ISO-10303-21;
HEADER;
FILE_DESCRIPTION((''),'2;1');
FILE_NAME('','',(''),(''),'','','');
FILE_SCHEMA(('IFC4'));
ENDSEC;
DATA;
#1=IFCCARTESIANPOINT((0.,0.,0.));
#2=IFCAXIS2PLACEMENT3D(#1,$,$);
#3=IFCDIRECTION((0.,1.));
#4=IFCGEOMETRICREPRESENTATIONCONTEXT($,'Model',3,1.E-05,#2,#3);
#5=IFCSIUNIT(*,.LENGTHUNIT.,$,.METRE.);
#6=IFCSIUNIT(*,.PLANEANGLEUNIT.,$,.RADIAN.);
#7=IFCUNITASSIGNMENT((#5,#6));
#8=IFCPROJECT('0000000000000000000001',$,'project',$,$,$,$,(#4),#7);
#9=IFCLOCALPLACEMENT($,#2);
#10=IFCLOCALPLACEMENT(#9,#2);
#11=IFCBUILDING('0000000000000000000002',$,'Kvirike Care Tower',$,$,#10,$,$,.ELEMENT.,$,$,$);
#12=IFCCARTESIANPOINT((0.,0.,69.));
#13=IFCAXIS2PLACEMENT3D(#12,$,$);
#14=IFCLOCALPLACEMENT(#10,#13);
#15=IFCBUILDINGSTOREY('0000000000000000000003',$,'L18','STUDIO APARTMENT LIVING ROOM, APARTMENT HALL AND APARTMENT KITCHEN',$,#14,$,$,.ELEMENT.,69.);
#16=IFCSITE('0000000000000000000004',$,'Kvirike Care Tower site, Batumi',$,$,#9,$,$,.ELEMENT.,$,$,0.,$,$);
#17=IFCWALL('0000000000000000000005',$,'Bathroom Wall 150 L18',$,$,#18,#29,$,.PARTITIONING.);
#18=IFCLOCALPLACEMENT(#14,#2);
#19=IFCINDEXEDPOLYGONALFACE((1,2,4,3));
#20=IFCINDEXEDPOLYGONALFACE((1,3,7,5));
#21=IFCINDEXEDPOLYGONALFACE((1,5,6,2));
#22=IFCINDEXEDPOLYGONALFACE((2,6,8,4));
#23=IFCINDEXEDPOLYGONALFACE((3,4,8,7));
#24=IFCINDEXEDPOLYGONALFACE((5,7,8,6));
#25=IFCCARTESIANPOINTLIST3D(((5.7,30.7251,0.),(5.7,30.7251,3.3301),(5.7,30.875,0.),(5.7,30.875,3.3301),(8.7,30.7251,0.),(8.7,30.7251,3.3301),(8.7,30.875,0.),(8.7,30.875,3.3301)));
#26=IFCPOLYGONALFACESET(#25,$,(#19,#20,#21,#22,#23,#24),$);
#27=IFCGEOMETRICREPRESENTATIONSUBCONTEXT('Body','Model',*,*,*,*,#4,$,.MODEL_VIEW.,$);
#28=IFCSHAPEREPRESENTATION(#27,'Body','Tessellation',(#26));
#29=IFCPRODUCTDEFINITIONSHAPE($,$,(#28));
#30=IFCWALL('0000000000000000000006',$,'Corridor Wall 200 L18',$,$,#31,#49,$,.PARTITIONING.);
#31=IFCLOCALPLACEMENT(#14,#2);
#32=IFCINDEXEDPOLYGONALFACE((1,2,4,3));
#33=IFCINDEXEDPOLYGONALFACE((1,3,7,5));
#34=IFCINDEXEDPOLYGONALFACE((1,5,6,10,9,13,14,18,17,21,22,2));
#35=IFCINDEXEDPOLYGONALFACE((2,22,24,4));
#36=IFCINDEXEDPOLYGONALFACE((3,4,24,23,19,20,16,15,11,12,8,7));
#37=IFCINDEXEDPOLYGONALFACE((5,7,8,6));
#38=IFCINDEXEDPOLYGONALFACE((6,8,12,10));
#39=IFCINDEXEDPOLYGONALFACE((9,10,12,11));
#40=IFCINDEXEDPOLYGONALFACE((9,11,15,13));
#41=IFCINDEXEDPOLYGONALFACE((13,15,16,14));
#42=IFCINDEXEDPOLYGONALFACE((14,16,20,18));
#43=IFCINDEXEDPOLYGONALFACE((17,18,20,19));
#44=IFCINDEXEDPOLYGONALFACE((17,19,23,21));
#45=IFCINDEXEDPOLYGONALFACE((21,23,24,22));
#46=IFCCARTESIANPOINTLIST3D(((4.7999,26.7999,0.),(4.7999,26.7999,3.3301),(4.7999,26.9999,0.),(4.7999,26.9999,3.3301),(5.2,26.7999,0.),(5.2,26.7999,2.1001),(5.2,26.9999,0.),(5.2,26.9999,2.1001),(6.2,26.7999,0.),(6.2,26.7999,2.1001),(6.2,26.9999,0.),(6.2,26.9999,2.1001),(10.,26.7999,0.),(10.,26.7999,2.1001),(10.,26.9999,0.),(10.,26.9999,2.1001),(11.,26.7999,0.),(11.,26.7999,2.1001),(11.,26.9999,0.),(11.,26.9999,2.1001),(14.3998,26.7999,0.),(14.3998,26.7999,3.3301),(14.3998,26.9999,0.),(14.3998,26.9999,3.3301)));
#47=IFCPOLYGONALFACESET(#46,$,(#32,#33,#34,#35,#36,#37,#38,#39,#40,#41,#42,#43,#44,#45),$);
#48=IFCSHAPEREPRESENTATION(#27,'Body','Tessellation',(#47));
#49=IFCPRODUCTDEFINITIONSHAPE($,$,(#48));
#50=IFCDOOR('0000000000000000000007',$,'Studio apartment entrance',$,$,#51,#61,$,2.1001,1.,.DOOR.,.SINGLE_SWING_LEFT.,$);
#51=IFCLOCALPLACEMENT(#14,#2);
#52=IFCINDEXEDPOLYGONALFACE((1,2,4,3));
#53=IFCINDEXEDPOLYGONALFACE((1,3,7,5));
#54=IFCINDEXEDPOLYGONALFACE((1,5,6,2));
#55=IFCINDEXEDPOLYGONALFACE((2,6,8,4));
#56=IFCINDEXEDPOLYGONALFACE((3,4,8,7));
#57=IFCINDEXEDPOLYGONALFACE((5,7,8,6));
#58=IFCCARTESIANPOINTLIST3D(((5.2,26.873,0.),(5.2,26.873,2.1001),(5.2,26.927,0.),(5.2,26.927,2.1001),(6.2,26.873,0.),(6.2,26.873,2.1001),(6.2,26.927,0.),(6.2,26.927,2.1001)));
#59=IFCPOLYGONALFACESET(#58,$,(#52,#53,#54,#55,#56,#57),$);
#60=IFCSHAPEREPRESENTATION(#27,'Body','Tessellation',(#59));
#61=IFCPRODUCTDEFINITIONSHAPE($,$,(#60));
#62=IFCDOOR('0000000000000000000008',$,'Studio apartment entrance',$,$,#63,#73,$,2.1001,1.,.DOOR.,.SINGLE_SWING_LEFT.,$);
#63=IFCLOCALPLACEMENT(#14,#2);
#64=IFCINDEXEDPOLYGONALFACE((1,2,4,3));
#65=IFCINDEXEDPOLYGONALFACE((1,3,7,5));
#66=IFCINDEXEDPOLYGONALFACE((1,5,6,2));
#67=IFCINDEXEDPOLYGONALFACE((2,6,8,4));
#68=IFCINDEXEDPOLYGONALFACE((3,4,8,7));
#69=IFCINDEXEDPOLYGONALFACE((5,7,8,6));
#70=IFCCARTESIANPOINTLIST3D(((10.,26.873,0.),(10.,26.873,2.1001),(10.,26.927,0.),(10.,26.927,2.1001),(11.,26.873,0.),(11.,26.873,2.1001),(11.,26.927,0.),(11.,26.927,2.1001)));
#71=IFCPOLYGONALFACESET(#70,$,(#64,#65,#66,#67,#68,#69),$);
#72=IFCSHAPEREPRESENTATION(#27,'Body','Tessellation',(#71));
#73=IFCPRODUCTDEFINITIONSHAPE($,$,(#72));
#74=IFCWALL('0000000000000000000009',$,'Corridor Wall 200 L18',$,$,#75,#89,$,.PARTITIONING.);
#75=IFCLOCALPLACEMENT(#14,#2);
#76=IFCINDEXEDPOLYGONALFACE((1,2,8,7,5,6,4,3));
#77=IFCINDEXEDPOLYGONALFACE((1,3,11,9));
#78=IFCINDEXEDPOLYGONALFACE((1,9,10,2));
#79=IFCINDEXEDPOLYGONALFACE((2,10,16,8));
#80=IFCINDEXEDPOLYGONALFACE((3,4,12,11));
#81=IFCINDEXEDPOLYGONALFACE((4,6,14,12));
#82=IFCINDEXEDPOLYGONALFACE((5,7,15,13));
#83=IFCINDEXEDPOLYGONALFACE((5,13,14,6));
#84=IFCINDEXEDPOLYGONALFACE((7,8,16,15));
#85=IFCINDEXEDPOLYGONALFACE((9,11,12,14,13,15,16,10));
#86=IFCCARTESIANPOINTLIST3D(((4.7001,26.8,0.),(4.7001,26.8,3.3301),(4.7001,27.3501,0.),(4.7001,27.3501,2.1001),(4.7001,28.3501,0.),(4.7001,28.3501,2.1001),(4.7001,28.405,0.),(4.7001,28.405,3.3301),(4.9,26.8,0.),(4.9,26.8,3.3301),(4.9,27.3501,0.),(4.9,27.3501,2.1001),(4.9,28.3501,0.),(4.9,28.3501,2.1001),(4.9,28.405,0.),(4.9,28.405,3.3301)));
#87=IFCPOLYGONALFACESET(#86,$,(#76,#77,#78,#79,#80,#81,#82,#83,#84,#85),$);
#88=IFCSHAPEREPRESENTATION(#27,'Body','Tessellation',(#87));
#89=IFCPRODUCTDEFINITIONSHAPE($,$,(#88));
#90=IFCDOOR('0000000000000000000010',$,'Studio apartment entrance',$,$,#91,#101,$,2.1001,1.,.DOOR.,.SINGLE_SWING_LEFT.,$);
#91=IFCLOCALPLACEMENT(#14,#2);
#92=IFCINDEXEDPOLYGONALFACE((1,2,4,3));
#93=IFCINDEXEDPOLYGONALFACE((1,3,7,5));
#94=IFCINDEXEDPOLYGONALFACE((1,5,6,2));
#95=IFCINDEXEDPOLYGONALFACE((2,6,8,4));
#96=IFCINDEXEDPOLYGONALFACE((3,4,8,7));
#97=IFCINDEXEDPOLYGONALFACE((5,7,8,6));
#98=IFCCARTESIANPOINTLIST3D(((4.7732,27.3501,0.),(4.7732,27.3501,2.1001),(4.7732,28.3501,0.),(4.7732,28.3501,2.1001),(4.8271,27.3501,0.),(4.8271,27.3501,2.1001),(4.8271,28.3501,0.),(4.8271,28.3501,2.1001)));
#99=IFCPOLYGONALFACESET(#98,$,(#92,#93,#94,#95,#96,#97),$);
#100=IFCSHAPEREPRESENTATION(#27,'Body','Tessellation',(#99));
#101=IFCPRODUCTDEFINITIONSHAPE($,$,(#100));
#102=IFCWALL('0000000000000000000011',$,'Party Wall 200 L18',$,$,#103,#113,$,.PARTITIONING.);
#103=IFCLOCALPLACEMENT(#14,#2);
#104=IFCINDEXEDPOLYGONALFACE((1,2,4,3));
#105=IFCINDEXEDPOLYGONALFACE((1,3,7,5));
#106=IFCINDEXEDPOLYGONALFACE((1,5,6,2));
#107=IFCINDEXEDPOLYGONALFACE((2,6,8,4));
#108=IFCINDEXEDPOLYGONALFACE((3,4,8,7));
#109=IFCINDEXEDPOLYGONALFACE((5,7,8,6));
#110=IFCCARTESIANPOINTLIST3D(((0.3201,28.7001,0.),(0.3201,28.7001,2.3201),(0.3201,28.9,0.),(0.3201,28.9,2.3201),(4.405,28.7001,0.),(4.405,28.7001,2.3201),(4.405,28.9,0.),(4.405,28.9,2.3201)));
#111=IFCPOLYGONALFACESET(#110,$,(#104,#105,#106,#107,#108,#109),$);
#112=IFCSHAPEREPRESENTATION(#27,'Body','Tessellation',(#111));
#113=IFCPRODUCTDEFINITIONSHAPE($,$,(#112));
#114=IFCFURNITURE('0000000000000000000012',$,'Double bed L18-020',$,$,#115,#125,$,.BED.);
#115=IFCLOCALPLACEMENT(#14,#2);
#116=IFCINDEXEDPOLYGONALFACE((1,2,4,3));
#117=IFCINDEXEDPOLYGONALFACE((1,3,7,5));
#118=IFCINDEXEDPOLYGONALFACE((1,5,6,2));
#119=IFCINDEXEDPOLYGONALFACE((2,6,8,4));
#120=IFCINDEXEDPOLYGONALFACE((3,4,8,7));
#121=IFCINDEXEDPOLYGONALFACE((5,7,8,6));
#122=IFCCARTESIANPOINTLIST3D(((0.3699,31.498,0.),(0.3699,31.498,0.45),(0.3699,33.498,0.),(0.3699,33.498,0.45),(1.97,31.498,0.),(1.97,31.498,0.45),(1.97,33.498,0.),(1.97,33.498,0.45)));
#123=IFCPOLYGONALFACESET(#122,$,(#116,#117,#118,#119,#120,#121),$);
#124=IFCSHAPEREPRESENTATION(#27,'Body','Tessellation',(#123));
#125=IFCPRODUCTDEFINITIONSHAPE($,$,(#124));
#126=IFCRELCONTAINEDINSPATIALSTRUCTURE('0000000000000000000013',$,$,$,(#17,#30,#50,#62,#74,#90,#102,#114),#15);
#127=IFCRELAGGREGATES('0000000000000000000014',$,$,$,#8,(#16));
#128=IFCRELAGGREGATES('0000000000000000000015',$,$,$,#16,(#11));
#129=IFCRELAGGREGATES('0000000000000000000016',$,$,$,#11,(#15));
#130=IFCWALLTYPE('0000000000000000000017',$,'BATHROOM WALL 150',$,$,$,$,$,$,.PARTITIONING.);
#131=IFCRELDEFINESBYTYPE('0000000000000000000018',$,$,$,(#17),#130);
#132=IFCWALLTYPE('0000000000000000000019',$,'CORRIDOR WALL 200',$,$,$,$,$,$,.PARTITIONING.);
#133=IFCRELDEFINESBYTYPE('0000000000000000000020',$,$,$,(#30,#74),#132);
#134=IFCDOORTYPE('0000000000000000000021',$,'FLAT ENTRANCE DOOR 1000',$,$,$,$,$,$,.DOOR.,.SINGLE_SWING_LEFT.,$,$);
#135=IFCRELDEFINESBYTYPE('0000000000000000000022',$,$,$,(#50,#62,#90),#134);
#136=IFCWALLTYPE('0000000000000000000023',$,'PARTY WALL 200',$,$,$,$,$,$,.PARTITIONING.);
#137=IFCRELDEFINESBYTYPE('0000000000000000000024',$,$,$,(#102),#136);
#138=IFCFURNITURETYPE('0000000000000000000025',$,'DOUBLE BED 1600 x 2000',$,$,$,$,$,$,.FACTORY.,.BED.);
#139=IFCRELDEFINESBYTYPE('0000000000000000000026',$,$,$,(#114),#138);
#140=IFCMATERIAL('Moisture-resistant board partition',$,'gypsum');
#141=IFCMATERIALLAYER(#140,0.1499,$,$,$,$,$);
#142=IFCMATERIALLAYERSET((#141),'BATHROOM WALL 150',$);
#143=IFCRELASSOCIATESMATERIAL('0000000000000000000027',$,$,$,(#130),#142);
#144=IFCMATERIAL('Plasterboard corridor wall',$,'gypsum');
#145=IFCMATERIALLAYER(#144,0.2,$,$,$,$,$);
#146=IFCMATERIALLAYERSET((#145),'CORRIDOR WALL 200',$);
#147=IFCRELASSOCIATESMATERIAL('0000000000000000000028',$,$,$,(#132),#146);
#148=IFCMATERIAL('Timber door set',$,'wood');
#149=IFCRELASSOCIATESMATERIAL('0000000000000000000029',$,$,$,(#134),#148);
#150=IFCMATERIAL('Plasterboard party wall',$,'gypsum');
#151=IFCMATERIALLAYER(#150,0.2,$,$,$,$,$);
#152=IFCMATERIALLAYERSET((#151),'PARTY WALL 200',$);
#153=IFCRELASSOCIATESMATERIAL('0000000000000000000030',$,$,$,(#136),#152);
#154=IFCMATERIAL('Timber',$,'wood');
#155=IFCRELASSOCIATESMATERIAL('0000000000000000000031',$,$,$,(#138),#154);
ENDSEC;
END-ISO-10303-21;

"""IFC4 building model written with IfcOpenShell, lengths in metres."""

from ifc_helpers import new_model, si_unit, direction, frame, frame_2d, origin, origin_2d, place, context, subcontext, project, spatial, rectangle, extrude, material, layer, layer_set, type_object, element, fill, save


model = new_model("IFC4")

# Units and contexts
model_context = context("Model", 3, precision=1e-05, world=origin(), true_north=direction((0.0, 1.0)))
body_context = subcontext(model_context, "Body", "Model", "MODEL_VIEW")
ifc_project = project(units=[si_unit("LENGTHUNIT", "METRE"), si_unit("PLANEANGLEUNIT", "RADIAN")], contexts=[model_context])

# Site, building, storey
site_placement = place(None, origin())
site = spatial("IfcSite", under=ifc_project, at=site_placement, Name="Kvirike Care Tower site, Batumi", CompositionType="ELEMENT", RefElevation=0.0)
building_placement = place(site_placement, origin())
building = spatial("IfcBuilding", under=site, at=building_placement, Name="Kvirike Care Tower", CompositionType="ELEMENT")
storey_placement = place(building_placement, frame((0.0, 0.0, 69.0)))
storey = spatial("IfcBuildingStorey", under=building, at=storey_placement, Name="L18", Description="STUDIO APARTMENT LIVING ROOM, APARTMENT HALL AND APARTMENT KITCHEN", CompositionType="ELEMENT", Elevation=69.0)

# Wall
ifc_material_1 = material(Name="Moisture-resistant board partition", Category="gypsum")
ifc_layer_1 = layer(ifc_material_1, 0.1499)
ifc_layer_set_1 = layer_set([ifc_layer_1], Name="BATHROOM WALL 150")
wall_type_1 = type_object("IfcWallType", Name="BATHROOM WALL 150", PredefinedType="PARTITIONING", material=ifc_layer_set_1)
wall_1_placement = place(storey_placement, frame((5.7, 30.8, 0.0), z_axis=(0.0, 0.0, 1.0), x_axis=(1.0, 0.0, 0.0)))
element("IfcWall", 1, at=wall_1_placement, inside=storey, type_object=wall_type_1, Name="Bathroom Wall 150 L18", PredefinedType="PARTITIONING", context=body_context, shape_type="SweptSolid", body=[
    extrude(rectangle(XDim=3.0, YDim=0.1499, at=frame_2d((1.5, 0.0))), origin(), (0.0, 0.0, 1.0), 3.3301),
])

# Wall, openings, doors
ifc_material_2 = material(Name="Plasterboard corridor wall", Category="gypsum")
ifc_layer_2 = layer(ifc_material_2, 0.2)
ifc_layer_set_2 = layer_set([ifc_layer_2], Name="CORRIDOR WALL 200")
wall_type_2 = type_object("IfcWallType", Name="CORRIDOR WALL 200", PredefinedType="PARTITIONING", material=ifc_layer_set_2)
wall_2_placement = place(storey_placement, frame((4.8, 26.8999, 0.0), z_axis=(0.0, 0.0, 1.0), x_axis=(1.0, 0.0, 0.0)))
wall_2 = element("IfcWall", 2, at=wall_2_placement, inside=storey, type_object=wall_type_2, Name="Corridor Wall 200 L18", PredefinedType="PARTITIONING", context=body_context, shape_type="SweptSolid", body=[
    extrude(rectangle(XDim=9.5999, YDim=0.2, at=frame_2d((4.7998, 0.0))), origin(), (0.0, 0.0, 1.0), 3.3301),
])
opening_1_placement = place(wall_2_placement, frame((0.3999, 0.0, 0.0)))
opening_1 = element("IfcOpeningElement", 3, at=opening_1_placement, cuts=wall_2, PredefinedType="OPENING", context=body_context, shape_type="SweptSolid", body=[
    extrude(rectangle(XDim=1.0, YDim=2.1001, at=frame_2d((0.5, 1.05))), frame((0.0, 0.1106, 0.0), z_axis=(0.0, -1.0, 0.0), x_axis=(1.0, 0.0, 0.0)), (0.0, 0.0, 1.0), 0.2209),
])
opening_2_placement = place(wall_2_placement, frame((5.2, 0.0, 0.0)))
opening_2 = element("IfcOpeningElement", 4, at=opening_2_placement, cuts=wall_2, PredefinedType="OPENING", context=body_context, shape_type="SweptSolid", body=[
    extrude(rectangle(XDim=1.0, YDim=2.1001, at=frame_2d((0.5, 1.05))), frame((0.0, 0.1106, 0.0), z_axis=(0.0, -1.0, 0.0), x_axis=(1.0, 0.0, 0.0)), (0.0, 0.0, 1.0), 0.2209),
])
ifc_material_3 = material(Name="Timber door set", Category="wood")
door_type = type_object("IfcDoorType", Name="FLAT ENTRANCE DOOR 1000", OperationType="SINGLE_SWING_LEFT", PredefinedType="DOOR", material=ifc_material_3)
door_1_placement = place(opening_1_placement, frame((1.0, 0.0, 0.0), z_axis=(0.0, 0.0, 1.0), x_axis=(-1.0, 0.0, 0.0)))
door_1 = element("IfcDoor", 5, at=door_1_placement, inside=storey, type_object=door_type, Name="Studio apartment entrance", OperationType="SINGLE_SWING_LEFT", OverallHeight=2.1001, OverallWidth=1.0, PredefinedType="DOOR", context=body_context, shape_type="SweptSolid", body=[
    extrude(rectangle(XDim=1.0, YDim=2.1001, at=frame_2d((0.5, 1.05))), frame((0.0, 0.0269, 0.0), z_axis=(0.0, -1.0, 0.0), x_axis=(1.0, 0.0, 0.0)), (0.0, 0.0, 1.0), 0.054),
])
fill(opening_1, door_1)
door_2_placement = place(opening_2_placement, frame((1.0, 0.0, 0.0), z_axis=(0.0, 0.0, 1.0), x_axis=(-1.0, 0.0, 0.0)))
door_2 = element("IfcDoor", 6, at=door_2_placement, inside=storey, type_object=door_type, Name="Studio apartment entrance", OperationType="SINGLE_SWING_LEFT", OverallHeight=2.1001, OverallWidth=1.0, PredefinedType="DOOR", context=body_context, shape_type="SweptSolid", body=[
    extrude(rectangle(XDim=1.0, YDim=2.1001, at=frame_2d((0.5, 1.05))), frame((0.0, 0.0269, 0.0), z_axis=(0.0, -1.0, 0.0), x_axis=(1.0, 0.0, 0.0)), (0.0, 0.0, 1.0), 0.054),
])
fill(opening_2, door_2)

# Wall, opening, door
wall_3_placement = place(storey_placement, frame((4.8, 26.8, 0.0), z_axis=(0.0, 0.0, 1.0), x_axis=(0.0, 1.0, 0.0)))
wall_3 = element("IfcWall", 7, at=wall_3_placement, inside=storey, type_object=wall_type_2, Name="Corridor Wall 200 L18", PredefinedType="PARTITIONING", context=body_context, shape_type="SweptSolid", body=[
    extrude(rectangle(XDim=1.605, YDim=0.2, at=frame_2d((0.8025, 0.0))), origin(), (0.0, 0.0, 1.0), 3.3301),
])
opening_3_placement = place(wall_3_placement, frame((0.55, 0.0, 0.0)))
opening_3 = element("IfcOpeningElement", 8, at=opening_3_placement, cuts=wall_3, PredefinedType="OPENING", context=body_context, shape_type="SweptSolid", body=[
    extrude(rectangle(XDim=1.0, YDim=2.1001, at=frame_2d((0.5, 1.05))), frame((0.0, 0.1106, 0.0), z_axis=(0.0, -1.0, 0.0), x_axis=(1.0, 0.0, 0.0)), (0.0, 0.0, 1.0), 0.2209),
])
door_3_placement = place(opening_3_placement, origin())
door_3 = element("IfcDoor", 9, at=door_3_placement, inside=storey, type_object=door_type, Name="Studio apartment entrance", OperationType="SINGLE_SWING_LEFT", OverallHeight=2.1001, OverallWidth=1.0, PredefinedType="DOOR", context=body_context, shape_type="SweptSolid", body=[
    extrude(rectangle(XDim=1.0, YDim=2.1001, at=frame_2d((0.5, 1.05))), frame((0.0, 0.0269, 0.0), z_axis=(0.0, -1.0, 0.0), x_axis=(1.0, 0.0, 0.0)), (0.0, 0.0, 1.0), 0.054),
])
fill(opening_3, door_3)

# Wall
ifc_material_4 = material(Name="Plasterboard party wall", Category="gypsum")
ifc_layer_3 = layer(ifc_material_4, 0.2)
ifc_layer_set_3 = layer_set([ifc_layer_3], Name="PARTY WALL 200")
wall_type_3 = type_object("IfcWallType", Name="PARTY WALL 200", PredefinedType="PARTITIONING", material=ifc_layer_set_3)
wall_4_placement = place(storey_placement, frame((4.405, 28.8, 0.0), z_axis=(0.0, 0.0, 1.0), x_axis=(-1.0, 0.0, 0.0)))
element("IfcWall", 10, at=wall_4_placement, inside=storey, type_object=wall_type_3, Name="Party Wall 200 L18", PredefinedType="PARTITIONING", context=body_context, shape_type="SweptSolid", body=[
    extrude(rectangle(XDim=4.085, YDim=0.2, at=frame_2d((2.0425, 0.0))), origin(), (0.0, 0.0, 1.0), 2.3201),
])

# Furniture
ifc_material_5 = material(Name="Timber", Category="wood")
furniture_type = type_object("IfcFurnitureType", Name="DOUBLE BED 1600 x 2000", AssemblyPlace="FACTORY", PredefinedType="BED", material=ifc_material_5)
furniture_placement = place(storey_placement, frame((1.1699, 32.498, 0.0), z_axis=(0.0, 0.0, 1.0), x_axis=(1.0, 0.0, 0.0)))
element("IfcFurniture", 11, at=furniture_placement, inside=storey, type_object=furniture_type, Name="Double bed L18-020", PredefinedType="BED", context=body_context, shape_type="SweptSolid", body=[
    extrude(rectangle(XDim=1.6001, YDim=2.0, at=origin_2d()), origin(), (0.0, 0.0, 1.0), 0.45),
])

save(model, "model.ifc")
